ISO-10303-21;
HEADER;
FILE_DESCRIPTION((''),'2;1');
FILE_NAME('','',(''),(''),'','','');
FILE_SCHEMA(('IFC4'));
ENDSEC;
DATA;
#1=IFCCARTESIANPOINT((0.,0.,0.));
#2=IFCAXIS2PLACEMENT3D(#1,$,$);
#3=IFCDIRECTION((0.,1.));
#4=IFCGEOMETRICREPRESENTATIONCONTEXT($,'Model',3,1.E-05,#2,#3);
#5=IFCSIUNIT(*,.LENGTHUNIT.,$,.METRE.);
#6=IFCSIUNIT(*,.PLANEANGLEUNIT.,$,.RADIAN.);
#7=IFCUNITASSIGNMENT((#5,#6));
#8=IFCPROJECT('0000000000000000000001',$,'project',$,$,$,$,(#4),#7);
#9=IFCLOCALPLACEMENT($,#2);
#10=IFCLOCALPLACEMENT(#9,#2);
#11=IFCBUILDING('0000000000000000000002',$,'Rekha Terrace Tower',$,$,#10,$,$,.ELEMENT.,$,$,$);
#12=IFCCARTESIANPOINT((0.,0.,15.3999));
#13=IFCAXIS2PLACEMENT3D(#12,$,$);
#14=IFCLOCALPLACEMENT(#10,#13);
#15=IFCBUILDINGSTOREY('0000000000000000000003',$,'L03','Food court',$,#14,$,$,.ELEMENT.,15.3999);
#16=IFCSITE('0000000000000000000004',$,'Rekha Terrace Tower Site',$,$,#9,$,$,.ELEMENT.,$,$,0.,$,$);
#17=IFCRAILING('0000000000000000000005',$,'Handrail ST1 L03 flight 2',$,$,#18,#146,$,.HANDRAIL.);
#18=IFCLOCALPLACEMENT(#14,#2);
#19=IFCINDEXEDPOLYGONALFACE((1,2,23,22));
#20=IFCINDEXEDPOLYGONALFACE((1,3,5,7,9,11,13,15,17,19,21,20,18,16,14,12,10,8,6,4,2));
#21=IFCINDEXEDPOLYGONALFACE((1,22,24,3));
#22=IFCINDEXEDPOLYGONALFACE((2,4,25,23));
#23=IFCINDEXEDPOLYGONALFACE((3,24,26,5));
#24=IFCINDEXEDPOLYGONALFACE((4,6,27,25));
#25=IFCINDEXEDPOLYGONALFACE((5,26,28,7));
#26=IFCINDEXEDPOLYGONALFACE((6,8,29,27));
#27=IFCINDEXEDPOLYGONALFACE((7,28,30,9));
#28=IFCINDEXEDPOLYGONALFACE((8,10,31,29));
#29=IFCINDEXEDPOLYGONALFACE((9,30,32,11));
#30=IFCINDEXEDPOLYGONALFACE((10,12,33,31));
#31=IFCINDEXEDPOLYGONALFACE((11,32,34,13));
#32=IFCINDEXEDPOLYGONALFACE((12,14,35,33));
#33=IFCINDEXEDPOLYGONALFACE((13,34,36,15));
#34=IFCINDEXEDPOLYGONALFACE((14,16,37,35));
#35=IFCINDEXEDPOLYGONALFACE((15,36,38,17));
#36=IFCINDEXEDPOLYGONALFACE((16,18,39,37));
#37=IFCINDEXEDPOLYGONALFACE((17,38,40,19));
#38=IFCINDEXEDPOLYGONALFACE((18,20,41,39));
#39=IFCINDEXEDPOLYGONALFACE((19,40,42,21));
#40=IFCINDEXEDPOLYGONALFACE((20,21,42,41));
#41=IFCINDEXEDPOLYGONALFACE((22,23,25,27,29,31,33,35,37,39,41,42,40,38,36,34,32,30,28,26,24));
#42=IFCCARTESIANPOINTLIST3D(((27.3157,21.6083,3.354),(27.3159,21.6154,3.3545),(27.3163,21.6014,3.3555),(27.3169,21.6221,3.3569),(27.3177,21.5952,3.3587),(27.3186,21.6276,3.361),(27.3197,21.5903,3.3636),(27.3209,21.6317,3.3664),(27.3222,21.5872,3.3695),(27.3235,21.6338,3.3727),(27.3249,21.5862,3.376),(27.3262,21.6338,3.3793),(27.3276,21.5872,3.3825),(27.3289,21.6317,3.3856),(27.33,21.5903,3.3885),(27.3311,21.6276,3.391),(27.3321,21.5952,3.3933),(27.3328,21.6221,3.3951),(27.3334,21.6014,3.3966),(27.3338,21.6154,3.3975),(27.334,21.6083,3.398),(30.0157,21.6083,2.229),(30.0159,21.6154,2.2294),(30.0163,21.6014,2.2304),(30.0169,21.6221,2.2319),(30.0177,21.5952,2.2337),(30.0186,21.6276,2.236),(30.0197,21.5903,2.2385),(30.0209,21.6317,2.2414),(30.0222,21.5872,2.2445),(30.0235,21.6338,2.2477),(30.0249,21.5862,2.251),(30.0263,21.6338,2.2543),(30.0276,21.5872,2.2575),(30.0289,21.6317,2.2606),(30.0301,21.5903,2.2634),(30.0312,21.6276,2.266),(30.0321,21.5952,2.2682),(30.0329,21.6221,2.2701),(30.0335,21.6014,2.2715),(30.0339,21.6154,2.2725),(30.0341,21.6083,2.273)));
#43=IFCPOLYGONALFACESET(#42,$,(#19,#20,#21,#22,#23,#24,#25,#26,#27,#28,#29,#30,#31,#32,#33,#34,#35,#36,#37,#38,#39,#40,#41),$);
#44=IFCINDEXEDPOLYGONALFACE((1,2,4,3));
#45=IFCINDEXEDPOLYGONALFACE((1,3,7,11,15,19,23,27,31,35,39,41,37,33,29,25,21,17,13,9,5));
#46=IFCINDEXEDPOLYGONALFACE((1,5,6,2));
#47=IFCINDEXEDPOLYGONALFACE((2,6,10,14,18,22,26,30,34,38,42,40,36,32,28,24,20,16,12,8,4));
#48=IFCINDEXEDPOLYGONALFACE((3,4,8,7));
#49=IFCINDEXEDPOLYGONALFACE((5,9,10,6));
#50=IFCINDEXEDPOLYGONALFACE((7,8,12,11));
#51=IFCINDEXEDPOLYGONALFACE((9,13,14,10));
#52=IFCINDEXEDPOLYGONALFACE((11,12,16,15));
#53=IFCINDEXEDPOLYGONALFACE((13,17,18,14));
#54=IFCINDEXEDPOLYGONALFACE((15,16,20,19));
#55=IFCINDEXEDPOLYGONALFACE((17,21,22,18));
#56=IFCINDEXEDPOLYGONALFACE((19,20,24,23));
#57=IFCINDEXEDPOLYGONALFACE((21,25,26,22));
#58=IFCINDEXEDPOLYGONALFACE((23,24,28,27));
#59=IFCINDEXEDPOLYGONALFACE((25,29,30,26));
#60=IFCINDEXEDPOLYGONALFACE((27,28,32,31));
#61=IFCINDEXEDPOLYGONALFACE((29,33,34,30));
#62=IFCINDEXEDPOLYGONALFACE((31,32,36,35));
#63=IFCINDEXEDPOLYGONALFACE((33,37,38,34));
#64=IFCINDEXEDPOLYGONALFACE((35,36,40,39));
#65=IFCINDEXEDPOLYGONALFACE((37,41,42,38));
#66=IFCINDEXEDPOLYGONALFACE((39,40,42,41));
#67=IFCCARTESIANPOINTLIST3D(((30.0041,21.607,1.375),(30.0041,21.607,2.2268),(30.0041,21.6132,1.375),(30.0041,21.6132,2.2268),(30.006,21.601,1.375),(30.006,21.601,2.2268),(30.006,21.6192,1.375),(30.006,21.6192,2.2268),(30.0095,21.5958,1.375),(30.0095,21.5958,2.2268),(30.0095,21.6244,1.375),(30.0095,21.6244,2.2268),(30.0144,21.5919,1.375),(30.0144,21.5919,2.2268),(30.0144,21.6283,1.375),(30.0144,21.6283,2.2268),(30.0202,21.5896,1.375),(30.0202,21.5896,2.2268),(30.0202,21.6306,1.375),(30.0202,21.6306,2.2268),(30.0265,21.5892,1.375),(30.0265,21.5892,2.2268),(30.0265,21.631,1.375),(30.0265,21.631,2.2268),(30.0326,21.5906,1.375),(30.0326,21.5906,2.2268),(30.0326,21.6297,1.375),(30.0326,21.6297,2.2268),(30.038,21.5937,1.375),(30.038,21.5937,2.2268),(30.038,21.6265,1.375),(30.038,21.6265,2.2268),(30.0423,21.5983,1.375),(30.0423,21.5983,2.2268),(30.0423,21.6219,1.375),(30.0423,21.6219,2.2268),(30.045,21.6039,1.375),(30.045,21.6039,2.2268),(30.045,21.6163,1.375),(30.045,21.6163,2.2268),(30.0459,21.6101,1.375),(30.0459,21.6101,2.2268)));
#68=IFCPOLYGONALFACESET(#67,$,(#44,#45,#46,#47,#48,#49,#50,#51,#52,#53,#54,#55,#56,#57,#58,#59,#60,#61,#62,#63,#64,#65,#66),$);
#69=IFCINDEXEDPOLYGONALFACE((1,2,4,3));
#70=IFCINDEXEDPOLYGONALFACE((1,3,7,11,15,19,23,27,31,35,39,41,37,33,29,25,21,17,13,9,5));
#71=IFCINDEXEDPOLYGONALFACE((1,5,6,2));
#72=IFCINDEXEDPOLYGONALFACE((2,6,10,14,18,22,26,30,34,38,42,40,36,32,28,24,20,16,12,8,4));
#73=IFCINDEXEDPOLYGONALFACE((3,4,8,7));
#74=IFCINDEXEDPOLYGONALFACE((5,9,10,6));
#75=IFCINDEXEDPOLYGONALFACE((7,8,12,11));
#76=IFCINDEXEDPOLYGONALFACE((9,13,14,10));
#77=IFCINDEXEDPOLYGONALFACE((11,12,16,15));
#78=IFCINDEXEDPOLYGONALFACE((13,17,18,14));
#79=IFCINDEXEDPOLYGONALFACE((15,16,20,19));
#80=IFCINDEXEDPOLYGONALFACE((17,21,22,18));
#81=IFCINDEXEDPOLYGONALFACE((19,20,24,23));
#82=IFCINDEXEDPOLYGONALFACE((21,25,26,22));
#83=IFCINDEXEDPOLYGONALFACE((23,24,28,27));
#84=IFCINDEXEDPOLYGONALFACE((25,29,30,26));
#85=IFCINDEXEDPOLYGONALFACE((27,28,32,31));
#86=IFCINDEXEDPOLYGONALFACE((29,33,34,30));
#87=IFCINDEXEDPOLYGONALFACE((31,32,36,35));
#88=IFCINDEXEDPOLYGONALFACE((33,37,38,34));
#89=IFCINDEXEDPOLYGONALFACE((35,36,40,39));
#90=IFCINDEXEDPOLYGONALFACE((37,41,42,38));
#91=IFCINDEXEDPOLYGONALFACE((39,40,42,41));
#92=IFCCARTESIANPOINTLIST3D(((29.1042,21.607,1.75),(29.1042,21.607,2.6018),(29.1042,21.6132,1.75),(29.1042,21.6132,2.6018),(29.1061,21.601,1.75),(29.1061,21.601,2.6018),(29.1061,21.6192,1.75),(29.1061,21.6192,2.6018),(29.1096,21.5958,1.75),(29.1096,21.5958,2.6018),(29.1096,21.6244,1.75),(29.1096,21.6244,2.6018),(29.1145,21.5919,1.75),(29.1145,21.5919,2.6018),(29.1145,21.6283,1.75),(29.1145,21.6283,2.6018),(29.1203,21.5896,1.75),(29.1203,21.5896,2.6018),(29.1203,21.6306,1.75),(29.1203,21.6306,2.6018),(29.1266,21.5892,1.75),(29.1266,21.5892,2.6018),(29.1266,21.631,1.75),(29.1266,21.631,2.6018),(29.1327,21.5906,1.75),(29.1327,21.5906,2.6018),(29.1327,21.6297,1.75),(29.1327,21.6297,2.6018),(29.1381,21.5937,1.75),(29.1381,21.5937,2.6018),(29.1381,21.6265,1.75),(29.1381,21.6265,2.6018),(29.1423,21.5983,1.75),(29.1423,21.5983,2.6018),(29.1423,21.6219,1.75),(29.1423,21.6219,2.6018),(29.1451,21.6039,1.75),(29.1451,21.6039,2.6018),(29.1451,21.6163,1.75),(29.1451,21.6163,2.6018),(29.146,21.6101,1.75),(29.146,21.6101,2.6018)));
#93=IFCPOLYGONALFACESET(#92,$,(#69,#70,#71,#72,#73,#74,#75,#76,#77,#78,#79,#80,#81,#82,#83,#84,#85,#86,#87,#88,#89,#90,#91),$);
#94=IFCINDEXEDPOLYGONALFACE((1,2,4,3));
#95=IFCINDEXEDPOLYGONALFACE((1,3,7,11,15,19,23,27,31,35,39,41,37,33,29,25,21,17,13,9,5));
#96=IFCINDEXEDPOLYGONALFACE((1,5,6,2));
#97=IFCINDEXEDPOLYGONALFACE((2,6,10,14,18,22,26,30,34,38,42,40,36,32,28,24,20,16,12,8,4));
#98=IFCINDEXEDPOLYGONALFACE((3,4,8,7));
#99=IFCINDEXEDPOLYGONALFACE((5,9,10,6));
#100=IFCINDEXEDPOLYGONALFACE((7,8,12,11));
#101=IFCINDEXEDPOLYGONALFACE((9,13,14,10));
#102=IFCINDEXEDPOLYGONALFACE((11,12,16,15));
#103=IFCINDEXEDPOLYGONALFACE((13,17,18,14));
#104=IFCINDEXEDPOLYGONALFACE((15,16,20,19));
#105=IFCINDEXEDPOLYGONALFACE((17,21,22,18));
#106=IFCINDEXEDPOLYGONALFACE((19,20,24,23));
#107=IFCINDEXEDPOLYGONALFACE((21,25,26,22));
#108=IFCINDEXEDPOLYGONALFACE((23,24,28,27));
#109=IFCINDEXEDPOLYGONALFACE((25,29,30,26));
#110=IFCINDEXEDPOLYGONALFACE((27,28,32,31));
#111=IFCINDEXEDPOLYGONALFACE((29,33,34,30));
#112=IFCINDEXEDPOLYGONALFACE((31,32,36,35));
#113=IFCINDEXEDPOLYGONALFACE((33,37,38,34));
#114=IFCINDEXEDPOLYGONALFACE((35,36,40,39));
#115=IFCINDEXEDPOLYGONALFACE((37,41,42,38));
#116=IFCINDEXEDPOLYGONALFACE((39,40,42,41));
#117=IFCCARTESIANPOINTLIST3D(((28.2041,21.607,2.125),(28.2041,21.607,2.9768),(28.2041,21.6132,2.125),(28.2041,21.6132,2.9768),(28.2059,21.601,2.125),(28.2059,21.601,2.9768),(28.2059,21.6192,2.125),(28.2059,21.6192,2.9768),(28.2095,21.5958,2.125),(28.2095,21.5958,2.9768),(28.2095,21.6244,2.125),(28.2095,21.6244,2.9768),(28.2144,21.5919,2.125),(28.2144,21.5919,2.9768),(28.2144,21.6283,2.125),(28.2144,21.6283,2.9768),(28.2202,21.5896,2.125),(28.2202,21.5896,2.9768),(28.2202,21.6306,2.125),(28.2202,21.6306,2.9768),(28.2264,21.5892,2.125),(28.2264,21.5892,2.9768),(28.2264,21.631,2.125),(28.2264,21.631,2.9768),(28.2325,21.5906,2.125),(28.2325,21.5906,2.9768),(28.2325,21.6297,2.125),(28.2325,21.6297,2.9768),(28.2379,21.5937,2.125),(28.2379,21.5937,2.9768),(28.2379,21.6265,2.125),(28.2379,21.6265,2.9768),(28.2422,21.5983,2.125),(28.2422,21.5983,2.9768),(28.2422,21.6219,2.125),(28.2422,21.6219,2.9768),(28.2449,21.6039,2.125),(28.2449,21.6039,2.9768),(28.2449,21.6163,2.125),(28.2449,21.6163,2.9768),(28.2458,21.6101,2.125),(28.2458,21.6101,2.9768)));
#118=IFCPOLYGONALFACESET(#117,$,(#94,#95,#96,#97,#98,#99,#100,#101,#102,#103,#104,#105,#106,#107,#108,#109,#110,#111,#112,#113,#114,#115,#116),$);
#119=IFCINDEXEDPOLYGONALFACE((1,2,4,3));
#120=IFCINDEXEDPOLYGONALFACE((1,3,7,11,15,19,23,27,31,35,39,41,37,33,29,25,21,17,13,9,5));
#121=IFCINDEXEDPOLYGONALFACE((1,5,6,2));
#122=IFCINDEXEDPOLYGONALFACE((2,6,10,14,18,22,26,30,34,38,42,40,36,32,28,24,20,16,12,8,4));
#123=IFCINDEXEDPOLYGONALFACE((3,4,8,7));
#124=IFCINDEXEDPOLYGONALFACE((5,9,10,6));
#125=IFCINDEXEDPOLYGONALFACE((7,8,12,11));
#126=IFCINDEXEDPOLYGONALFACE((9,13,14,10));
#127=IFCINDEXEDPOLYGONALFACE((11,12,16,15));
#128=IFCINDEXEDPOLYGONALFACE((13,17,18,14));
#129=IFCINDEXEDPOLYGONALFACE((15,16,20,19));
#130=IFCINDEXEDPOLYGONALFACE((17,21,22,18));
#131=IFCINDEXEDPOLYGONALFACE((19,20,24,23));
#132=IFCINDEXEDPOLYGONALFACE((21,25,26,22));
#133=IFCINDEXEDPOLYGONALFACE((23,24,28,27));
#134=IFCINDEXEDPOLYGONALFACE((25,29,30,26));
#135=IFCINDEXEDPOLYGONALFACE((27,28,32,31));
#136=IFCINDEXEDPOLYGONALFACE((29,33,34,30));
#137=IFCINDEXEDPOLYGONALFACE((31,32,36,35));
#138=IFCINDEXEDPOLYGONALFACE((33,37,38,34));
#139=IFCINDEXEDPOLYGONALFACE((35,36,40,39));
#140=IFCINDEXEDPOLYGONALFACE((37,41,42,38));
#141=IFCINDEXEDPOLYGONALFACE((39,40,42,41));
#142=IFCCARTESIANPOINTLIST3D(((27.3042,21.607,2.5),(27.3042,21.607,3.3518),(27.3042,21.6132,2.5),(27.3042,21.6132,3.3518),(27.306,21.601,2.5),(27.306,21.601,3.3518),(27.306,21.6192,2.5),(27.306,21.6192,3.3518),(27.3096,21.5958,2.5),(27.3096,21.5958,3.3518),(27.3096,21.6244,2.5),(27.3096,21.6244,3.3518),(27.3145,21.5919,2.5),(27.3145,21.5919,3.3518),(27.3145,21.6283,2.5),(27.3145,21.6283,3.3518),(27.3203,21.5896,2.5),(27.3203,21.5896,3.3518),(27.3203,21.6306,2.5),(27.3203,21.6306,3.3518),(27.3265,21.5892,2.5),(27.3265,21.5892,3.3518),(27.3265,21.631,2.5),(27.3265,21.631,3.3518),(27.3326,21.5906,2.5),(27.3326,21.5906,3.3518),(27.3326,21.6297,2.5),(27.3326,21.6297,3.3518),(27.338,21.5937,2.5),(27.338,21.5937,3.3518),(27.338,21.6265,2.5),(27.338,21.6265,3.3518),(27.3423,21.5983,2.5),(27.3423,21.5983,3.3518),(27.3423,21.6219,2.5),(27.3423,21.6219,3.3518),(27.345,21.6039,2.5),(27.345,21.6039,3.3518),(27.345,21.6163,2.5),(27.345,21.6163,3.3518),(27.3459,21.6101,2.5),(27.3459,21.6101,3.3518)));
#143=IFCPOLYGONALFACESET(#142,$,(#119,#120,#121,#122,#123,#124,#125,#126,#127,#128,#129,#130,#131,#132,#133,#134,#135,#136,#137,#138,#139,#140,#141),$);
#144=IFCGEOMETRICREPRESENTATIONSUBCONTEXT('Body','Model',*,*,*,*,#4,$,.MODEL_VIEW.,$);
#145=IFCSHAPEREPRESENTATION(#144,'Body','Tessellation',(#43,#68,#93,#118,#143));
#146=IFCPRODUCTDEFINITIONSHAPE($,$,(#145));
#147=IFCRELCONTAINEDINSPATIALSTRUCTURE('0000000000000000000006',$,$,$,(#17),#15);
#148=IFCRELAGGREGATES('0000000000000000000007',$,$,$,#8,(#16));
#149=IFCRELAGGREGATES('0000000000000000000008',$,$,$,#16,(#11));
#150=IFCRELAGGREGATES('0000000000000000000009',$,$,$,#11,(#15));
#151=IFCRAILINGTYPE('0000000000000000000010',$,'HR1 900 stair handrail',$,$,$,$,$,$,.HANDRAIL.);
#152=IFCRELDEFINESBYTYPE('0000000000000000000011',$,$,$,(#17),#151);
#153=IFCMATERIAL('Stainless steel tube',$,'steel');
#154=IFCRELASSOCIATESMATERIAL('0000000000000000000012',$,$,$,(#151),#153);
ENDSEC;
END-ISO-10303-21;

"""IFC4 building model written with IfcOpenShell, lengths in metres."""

from ifc_helpers import new_model, si_unit, direction, frame, origin, origin_2d, place, context, subcontext, project, spatial, circle, extrude, material, type_object, element, save


model = new_model("IFC4")

# Units and contexts
model_context = context("Model", 3, precision=1e-05, world=origin(), true_north=direction((0.0, 1.0)))
body_context = subcontext(model_context, "Body", "Model", "MODEL_VIEW")
ifc_project = project(units=[si_unit("LENGTHUNIT", "METRE"), si_unit("PLANEANGLEUNIT", "RADIAN")], contexts=[model_context])

# Site, building, storey
site_placement = place(None, origin())
site = spatial("IfcSite", under=ifc_project, at=site_placement, Name="Rekha Terrace Tower Site", CompositionType="ELEMENT", RefElevation=0.0)
building_placement = place(site_placement, origin())
building = spatial("IfcBuilding", under=site, at=building_placement, Name="Rekha Terrace Tower", CompositionType="ELEMENT")
storey_placement = place(building_placement, frame((0.0, 0.0, 15.3999)))
storey = spatial("IfcBuildingStorey", under=building, at=storey_placement, Name="L03", Description="Food court", CompositionType="ELEMENT", Elevation=15.3999)

# Railing
ifc_material_1 = material(Name="Stainless steel tube", Category="steel")
railing_type_1 = type_object("IfcRailingType", Name="HR1 900 stair handrail", PredefinedType="HANDRAIL", material=ifc_material_1)
railing_1_placement = place(storey_placement, frame((30.0249, 21.6101, 1.375)))
element("IfcRailing", 1, at=railing_1_placement, inside=storey, type_object=railing_type_1, Name="Handrail ST1 L03 flight 2", PredefinedType="HANDRAIL", context=body_context, shape_type="SweptSolid", body=[
    extrude(circle(Radius=0.0239, at=origin_2d()), frame((0.0, 0.0, 0.876), z_axis=(-0.923074, 0.0, 0.384621), x_axis=(0.0, -1.0, 0.0)), (0.0, 0.0, 1.0), 2.925),
    extrude(circle(Radius=0.021, at=origin_2d()), origin(), (0.0, 0.0, 1.0), 0.8518),
    extrude(circle(Radius=0.021, at=origin_2d()), frame((-0.8999, 0.0, 0.375)), (0.0, 0.0, 1.0), 0.8518),
    extrude(circle(Radius=0.021, at=origin_2d()), frame((-1.8, 0.0, 0.75)), (0.0, 0.0, 1.0), 0.8518),
    extrude(circle(Radius=0.021, at=origin_2d()), frame((-2.7, 0.0, 1.125)), (0.0, 0.0, 1.0), 0.8518),
])

save(model, "model.ifc")
